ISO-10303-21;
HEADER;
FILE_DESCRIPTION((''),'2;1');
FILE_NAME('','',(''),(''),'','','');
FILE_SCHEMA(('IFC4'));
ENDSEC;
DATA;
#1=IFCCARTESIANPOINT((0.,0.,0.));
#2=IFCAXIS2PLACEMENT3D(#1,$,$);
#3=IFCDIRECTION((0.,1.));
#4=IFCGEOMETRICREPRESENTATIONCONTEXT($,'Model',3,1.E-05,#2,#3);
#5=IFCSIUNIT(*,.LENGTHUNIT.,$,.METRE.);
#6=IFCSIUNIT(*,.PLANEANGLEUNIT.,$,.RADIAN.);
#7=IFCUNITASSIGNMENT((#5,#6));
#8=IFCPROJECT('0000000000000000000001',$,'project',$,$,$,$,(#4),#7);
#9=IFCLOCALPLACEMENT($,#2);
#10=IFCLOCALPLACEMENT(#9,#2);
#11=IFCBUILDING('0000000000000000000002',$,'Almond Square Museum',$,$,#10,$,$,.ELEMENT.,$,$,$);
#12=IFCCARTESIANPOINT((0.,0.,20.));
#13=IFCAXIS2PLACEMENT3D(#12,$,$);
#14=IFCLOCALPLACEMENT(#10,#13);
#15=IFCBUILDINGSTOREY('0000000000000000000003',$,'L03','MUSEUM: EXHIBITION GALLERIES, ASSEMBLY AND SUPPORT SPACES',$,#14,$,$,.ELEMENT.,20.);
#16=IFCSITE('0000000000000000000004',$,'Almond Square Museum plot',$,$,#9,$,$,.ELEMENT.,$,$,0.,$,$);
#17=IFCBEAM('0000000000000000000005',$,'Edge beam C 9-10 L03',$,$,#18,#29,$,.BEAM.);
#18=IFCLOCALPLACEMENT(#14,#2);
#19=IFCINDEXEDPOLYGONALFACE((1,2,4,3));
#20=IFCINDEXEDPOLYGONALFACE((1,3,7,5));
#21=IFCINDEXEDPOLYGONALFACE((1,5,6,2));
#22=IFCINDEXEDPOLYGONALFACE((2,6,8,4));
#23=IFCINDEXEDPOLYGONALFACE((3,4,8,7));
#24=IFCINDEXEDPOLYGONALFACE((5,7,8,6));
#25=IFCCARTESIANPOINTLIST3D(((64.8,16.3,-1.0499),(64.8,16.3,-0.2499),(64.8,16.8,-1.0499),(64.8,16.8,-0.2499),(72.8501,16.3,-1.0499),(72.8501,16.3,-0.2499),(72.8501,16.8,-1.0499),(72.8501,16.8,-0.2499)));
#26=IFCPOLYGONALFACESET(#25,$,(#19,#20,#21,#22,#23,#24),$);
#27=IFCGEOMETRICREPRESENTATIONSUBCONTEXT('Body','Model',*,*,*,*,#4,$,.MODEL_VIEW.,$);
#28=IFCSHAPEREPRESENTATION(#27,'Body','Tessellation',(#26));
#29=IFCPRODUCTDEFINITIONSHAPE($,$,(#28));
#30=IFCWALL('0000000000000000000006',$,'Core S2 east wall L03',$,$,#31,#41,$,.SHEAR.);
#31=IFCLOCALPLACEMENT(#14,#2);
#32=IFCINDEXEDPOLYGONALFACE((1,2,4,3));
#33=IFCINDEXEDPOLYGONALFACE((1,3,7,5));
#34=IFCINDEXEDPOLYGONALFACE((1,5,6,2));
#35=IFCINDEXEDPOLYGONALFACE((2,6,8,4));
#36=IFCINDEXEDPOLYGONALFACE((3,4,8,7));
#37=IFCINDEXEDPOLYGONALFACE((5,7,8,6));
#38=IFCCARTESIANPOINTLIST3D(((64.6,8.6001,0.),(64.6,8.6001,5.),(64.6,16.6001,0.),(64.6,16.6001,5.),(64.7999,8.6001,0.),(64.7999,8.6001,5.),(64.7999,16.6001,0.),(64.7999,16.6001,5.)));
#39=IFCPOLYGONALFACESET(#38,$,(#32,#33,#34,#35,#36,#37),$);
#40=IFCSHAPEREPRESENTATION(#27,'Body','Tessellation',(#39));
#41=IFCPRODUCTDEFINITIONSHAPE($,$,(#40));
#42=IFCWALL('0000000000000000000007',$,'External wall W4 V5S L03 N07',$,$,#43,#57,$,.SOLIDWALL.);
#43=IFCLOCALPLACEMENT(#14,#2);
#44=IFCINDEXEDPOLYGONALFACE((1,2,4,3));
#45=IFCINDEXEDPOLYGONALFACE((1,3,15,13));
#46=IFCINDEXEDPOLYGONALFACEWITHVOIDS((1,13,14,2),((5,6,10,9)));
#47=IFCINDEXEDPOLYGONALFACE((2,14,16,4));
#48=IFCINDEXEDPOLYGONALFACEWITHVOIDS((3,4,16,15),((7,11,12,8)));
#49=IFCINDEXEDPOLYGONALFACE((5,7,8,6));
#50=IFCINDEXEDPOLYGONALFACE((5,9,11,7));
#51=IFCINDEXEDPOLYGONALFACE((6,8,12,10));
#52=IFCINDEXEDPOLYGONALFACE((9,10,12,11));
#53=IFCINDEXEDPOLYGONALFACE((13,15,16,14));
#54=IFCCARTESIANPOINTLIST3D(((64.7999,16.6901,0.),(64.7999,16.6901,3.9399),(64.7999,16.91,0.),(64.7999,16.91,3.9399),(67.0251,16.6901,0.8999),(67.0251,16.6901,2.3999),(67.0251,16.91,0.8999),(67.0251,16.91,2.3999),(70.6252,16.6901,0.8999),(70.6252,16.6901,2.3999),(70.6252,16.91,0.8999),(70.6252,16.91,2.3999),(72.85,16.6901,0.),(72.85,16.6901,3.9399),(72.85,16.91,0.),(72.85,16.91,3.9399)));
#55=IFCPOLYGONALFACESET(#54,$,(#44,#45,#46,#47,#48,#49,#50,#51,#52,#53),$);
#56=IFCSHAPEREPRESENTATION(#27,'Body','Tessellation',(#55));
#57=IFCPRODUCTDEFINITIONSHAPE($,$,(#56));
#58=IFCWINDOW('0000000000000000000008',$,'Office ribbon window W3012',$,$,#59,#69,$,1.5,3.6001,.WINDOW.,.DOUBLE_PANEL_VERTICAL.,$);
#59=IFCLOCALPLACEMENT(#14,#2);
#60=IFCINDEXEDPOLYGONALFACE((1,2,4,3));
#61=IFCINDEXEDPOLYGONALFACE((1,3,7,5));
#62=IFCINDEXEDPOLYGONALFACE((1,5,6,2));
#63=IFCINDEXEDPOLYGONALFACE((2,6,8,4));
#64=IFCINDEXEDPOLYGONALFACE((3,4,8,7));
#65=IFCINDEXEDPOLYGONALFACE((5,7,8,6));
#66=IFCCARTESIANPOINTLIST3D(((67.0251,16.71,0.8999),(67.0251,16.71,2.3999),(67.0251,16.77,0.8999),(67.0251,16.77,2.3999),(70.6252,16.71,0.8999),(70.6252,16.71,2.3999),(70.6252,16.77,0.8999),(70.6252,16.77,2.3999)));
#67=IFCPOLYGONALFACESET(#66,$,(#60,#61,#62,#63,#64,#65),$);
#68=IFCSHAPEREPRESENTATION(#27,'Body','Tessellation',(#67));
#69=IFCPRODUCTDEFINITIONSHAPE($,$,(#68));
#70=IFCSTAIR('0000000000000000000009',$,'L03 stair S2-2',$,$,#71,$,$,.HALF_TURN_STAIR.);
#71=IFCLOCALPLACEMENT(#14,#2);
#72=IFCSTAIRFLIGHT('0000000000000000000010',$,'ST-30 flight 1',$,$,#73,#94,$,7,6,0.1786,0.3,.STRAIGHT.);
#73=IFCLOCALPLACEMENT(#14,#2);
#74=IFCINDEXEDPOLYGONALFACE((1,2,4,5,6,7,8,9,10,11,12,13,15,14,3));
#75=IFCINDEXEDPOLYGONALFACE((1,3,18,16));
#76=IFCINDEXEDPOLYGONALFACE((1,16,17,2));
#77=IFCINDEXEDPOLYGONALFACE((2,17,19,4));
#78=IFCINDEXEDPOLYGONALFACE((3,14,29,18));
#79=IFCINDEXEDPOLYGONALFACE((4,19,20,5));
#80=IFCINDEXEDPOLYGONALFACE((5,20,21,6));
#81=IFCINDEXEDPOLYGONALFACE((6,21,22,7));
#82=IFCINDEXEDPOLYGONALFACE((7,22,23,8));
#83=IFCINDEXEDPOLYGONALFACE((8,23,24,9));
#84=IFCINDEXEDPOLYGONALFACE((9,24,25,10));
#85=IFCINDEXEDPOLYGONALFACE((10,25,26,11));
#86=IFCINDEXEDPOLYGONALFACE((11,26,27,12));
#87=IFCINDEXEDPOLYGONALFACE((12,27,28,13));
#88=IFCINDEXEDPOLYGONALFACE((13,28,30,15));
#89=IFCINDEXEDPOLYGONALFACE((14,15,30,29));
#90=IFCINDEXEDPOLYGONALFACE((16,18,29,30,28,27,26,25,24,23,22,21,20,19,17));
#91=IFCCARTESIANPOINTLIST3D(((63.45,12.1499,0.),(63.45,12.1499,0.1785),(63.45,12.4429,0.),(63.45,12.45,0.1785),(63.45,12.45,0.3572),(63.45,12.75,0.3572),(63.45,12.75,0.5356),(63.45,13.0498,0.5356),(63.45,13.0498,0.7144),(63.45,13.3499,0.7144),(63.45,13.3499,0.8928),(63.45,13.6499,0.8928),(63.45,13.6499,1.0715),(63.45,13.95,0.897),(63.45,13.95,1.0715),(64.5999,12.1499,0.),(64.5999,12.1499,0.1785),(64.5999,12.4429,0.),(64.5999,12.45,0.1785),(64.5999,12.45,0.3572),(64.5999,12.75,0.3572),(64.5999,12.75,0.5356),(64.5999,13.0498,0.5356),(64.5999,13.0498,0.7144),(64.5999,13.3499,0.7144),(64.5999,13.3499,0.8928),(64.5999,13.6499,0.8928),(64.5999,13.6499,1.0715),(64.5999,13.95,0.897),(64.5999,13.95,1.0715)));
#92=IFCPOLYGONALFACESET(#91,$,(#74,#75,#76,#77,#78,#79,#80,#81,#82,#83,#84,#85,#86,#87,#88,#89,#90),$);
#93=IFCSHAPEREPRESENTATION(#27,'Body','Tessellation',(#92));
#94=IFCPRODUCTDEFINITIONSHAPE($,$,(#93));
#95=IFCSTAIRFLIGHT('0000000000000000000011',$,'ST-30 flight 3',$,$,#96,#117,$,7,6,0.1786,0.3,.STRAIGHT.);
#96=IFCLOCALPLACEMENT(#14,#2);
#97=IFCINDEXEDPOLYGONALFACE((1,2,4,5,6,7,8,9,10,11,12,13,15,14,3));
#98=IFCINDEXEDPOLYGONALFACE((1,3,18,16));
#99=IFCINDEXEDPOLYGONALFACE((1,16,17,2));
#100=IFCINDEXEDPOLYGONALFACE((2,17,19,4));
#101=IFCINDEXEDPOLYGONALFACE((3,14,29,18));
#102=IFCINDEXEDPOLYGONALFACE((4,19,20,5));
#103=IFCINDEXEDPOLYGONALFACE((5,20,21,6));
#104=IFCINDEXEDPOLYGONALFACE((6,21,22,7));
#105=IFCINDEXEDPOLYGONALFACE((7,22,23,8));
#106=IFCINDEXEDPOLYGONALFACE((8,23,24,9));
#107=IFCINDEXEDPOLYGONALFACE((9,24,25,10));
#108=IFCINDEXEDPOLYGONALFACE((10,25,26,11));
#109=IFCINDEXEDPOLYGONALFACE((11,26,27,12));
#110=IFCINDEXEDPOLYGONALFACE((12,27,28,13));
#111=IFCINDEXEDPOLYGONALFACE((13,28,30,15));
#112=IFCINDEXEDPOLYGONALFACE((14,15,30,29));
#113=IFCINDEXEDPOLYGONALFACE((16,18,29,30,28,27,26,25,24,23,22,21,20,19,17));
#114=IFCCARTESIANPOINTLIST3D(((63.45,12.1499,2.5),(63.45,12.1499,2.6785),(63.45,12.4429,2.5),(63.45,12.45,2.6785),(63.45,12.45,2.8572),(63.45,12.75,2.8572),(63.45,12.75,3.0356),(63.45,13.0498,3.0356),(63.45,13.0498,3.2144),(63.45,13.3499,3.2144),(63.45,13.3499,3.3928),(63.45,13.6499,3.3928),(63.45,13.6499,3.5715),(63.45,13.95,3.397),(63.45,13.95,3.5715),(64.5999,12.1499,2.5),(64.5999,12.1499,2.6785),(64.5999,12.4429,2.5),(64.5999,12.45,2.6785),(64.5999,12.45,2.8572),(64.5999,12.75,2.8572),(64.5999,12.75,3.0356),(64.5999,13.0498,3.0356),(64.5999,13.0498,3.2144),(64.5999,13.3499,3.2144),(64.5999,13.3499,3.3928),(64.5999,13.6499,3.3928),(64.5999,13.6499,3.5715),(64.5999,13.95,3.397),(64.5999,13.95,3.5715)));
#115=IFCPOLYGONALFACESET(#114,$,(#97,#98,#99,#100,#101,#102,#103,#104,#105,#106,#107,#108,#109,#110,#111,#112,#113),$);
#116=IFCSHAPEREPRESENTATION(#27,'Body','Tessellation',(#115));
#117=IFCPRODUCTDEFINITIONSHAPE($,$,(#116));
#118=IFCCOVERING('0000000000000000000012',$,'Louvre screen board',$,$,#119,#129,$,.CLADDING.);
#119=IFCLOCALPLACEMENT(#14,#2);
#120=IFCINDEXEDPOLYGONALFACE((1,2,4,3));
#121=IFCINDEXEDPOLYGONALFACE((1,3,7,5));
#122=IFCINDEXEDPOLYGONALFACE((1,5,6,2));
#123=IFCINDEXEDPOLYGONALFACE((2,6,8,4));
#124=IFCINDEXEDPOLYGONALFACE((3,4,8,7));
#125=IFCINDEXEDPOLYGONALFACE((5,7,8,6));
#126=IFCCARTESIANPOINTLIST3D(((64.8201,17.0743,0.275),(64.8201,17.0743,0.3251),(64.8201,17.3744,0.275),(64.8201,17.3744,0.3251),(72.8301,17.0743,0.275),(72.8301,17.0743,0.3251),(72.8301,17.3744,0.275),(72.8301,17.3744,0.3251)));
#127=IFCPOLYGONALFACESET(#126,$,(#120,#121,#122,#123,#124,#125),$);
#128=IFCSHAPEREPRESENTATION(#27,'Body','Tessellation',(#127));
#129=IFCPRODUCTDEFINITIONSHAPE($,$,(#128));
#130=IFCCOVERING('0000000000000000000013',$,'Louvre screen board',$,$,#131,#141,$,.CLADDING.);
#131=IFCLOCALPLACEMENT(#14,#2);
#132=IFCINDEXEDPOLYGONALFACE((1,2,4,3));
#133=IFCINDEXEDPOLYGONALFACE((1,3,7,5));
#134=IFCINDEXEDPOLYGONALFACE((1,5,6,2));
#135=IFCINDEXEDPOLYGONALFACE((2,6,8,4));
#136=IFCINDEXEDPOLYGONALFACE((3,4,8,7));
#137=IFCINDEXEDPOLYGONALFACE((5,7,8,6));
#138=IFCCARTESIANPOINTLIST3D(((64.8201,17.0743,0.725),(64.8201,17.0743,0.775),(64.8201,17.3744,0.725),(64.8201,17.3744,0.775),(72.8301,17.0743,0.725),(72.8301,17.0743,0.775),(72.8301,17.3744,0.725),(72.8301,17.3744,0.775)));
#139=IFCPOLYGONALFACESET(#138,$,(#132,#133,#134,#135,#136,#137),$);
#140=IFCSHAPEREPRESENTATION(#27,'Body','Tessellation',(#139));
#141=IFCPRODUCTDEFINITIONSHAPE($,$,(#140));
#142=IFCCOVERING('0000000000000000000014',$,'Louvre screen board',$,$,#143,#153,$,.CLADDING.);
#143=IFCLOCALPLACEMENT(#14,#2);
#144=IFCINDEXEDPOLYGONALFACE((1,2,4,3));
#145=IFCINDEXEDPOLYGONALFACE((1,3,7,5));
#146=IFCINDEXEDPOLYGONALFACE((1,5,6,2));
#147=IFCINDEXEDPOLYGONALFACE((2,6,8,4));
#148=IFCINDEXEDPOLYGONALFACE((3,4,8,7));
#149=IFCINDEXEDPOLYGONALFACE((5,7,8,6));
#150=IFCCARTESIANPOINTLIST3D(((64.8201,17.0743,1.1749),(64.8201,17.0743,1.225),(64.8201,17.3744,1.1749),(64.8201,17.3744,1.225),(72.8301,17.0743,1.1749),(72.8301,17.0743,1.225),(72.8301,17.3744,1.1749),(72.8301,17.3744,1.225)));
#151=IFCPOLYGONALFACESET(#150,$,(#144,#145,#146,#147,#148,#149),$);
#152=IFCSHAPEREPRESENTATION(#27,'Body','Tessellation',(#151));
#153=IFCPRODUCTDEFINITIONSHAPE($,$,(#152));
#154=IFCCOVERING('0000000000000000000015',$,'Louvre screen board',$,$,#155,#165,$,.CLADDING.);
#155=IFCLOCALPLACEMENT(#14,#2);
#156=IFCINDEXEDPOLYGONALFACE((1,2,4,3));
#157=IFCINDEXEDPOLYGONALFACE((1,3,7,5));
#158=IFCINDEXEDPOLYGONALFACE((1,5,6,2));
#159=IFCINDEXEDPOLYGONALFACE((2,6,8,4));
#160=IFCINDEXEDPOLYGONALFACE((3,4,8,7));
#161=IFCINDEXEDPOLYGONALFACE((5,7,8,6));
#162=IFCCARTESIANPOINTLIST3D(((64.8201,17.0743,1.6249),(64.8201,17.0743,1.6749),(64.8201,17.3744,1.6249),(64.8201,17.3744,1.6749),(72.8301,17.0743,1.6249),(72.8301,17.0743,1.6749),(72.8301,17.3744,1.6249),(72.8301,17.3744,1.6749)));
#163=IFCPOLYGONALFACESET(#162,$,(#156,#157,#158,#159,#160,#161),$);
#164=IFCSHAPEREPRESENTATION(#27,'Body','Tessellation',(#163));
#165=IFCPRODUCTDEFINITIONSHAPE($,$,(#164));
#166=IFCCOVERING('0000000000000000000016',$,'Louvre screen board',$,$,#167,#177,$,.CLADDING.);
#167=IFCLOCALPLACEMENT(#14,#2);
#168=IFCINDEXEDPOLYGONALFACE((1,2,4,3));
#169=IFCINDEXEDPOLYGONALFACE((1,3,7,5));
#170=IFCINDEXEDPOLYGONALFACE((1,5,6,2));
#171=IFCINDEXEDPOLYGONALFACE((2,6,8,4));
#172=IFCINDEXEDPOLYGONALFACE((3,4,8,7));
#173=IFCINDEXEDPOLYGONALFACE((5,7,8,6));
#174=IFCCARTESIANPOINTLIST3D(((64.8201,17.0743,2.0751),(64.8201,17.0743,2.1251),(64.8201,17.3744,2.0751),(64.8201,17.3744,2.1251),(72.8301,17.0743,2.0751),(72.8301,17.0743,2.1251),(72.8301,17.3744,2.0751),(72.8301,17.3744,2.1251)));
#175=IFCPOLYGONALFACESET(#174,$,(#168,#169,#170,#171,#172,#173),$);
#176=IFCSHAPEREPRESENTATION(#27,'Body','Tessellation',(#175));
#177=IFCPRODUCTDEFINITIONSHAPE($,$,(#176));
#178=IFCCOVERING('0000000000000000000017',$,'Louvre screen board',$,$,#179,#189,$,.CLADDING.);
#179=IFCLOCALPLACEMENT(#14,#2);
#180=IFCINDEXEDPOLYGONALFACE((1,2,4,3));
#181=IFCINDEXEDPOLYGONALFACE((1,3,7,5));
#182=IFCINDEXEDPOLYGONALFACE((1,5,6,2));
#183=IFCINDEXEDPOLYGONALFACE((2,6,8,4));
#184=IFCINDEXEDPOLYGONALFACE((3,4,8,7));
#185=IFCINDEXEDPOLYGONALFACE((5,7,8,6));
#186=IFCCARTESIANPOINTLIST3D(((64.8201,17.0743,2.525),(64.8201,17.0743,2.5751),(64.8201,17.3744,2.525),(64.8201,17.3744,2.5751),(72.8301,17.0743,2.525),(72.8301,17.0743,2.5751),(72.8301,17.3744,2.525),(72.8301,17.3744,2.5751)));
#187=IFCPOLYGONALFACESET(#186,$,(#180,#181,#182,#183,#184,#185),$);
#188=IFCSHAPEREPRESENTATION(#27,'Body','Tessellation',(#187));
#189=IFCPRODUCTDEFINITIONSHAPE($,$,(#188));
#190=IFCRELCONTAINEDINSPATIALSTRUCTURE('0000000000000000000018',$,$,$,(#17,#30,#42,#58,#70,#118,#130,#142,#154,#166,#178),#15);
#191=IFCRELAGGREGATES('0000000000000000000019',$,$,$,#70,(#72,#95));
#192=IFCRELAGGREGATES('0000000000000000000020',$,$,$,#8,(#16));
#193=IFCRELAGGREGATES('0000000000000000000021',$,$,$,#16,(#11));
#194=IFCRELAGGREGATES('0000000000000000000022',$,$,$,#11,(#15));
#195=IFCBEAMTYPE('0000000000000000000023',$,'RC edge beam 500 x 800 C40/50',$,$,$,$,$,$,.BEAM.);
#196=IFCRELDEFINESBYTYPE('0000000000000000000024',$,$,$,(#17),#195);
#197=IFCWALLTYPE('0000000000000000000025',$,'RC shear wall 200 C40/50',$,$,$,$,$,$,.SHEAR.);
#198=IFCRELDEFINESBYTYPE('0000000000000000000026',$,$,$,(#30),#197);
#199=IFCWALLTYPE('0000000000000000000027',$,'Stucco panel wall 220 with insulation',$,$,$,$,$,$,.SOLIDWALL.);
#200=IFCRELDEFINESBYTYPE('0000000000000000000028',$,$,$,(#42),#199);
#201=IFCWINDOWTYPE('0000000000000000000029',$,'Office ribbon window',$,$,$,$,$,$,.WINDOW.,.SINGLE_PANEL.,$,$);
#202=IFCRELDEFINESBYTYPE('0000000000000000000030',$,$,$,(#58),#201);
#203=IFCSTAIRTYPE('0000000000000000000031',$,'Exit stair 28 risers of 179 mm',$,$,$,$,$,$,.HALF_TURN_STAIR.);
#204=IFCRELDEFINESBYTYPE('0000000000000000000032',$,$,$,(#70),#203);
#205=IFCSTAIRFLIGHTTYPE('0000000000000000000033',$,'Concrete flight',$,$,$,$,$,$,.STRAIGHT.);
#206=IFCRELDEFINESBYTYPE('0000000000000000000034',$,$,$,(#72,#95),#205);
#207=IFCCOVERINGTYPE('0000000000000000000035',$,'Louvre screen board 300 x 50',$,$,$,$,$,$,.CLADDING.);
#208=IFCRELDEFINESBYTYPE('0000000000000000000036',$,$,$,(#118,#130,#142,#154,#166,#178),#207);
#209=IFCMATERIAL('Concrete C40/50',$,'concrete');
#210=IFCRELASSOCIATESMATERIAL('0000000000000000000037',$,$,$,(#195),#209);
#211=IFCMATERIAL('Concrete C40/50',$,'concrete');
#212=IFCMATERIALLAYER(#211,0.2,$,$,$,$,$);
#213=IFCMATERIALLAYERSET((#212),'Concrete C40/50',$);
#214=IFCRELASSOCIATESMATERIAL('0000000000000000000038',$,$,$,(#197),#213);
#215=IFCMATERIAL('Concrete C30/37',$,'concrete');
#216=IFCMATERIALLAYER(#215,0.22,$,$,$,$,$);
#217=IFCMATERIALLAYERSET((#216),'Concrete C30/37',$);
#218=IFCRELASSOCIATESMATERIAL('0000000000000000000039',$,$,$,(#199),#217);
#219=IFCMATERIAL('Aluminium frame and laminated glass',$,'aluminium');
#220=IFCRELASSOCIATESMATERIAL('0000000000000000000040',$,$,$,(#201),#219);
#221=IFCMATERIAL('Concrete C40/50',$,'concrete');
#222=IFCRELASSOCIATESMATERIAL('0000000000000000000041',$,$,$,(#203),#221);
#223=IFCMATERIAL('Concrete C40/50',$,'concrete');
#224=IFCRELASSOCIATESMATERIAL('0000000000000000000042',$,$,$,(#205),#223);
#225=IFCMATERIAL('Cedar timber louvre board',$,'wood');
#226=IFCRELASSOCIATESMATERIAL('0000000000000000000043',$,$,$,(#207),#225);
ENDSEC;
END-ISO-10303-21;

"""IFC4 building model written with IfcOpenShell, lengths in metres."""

from ifc_helpers import new_model, si_unit, direction, frame, frame_2d, origin, origin_2d, place, context, subcontext, project, spatial, polyline, rectangle, outline, extrude, material, layer, layer_set, material_profile, profile_set, type_object, element, fill, aggregate, save


model = new_model("IFC4")

# Units and contexts
model_context = context("Model", 3, precision=1e-05, world=origin(), true_north=direction((0.0, 1.0)))
body_context = subcontext(model_context, "Body", "Model", "MODEL_VIEW")
ifc_project = project(units=[si_unit("LENGTHUNIT", "METRE"), si_unit("PLANEANGLEUNIT", "RADIAN")], contexts=[model_context])

# Site, building, storey
site_placement = place(None, origin())
site = spatial("IfcSite", under=ifc_project, at=site_placement, Name="Almond Square Museum plot", CompositionType="ELEMENT", RefElevation=0.0)
building_placement = place(site_placement, origin())
building = spatial("IfcBuilding", under=site, at=building_placement, Name="Almond Square Museum", CompositionType="ELEMENT")
storey_placement = place(building_placement, frame((0.0, 0.0, 20.0)))
storey = spatial("IfcBuildingStorey", under=building, at=storey_placement, Name="L03", Description="MUSEUM: EXHIBITION GALLERIES, ASSEMBLY AND SUPPORT SPACES", CompositionType="ELEMENT", Elevation=20.0)

# Beam
ifc_material_1 = material(Name="Concrete C40/50", Category="concrete")
ifc_material_profile_1 = material_profile(ifc_material_1, rectangle(XDim=0.5, YDim=0.8, at=origin_2d()))
ifc_profile_set_1 = profile_set([ifc_material_profile_1], Name="Concrete C40/50")
beam_type = type_object("IfcBeamType", Name="RC edge beam 500 x 800 C40/50", PredefinedType="BEAM", material=ifc_profile_set_1)
beam_placement = place(storey_placement, frame((64.8, 16.55, -0.6499), z_axis=(1.0, 0.0, 0.0), x_axis=(0.0, 1.0, 0.0)))
element("IfcBeam", 1, at=beam_placement, inside=storey, type_object=beam_type, Name="Edge beam C 9-10 L03", PredefinedType="BEAM", context=body_context, shape_type="SweptSolid", body=[
    extrude(rectangle(XDim=0.5, YDim=0.8, at=origin_2d()), origin(), (0.0, 0.0, 1.0), 8.05),
])

# Wall
ifc_material_2 = material(Name="Concrete C40/50", Category="concrete")
ifc_layer_1 = layer(ifc_material_2, 0.2)
ifc_layer_set_1 = layer_set([ifc_layer_1], Name="Concrete C40/50")
wall_type_1 = type_object("IfcWallType", Name="RC shear wall 200 C40/50", PredefinedType="SHEAR", material=ifc_layer_set_1)
wall_1_placement = place(storey_placement, frame((64.7, 8.6001, 0.0), z_axis=(0.0, 0.0, 1.0), x_axis=(0.0, 1.0, 0.0)))
element("IfcWall", 2, at=wall_1_placement, inside=storey, type_object=wall_type_1, Name="Core S2 east wall L03", PredefinedType="SHEAR", context=body_context, shape_type="SweptSolid", body=[
    extrude(rectangle(XDim=8.0, YDim=0.2, at=frame_2d((4.0, 0.0))), origin(), (0.0, 0.0, 1.0), 5.0),
])

# Wall, opening, window
ifc_material_3 = material(Name="Concrete C30/37", Category="concrete")
ifc_layer_2 = layer(ifc_material_3, 0.22)
ifc_layer_set_2 = layer_set([ifc_layer_2], Name="Concrete C30/37")
wall_type_2 = type_object("IfcWallType", Name="Stucco panel wall 220 with insulation", PredefinedType="SOLIDWALL", material=ifc_layer_set_2)
wall_2_placement = place(storey_placement, frame((64.8, 16.8, 0.0), z_axis=(0.0, 0.0, 1.0), x_axis=(1.0, 0.0, 0.0)))
wall_2 = element("IfcWall", 3, at=wall_2_placement, inside=storey, type_object=wall_type_2, Name="External wall W4 V5S L03 N07", PredefinedType="SOLIDWALL", context=body_context, shape_type="SweptSolid", body=[
    extrude(rectangle(XDim=8.05, YDim=0.22, at=frame_2d((4.0249, 0.0))), origin(), (0.0, 0.0, 1.0), 3.9399),
])
opening_placement = place(wall_2_placement, frame((2.2251, 0.0, 0.8999)))
opening = element("IfcOpeningElement", 4, at=opening_placement, cuts=wall_2, PredefinedType="OPENING", context=body_context, shape_type="SweptSolid", body=[
    extrude(rectangle(XDim=3.6001, YDim=1.5, at=frame_2d((1.8, 0.75))), frame((0.0, 0.1199, 0.0), z_axis=(0.0, -1.0, 0.0), x_axis=(1.0, 0.0, 0.0)), (0.0, 0.0, 1.0), 0.24),
])
ifc_material_4 = material(Name="Aluminium frame and laminated glass", Category="aluminium")
window_type = type_object("IfcWindowType", Name="Office ribbon window", PartitioningType="SINGLE_PANEL", PredefinedType="WINDOW", material=ifc_material_4)
window_placement = place(opening_placement, origin())
window = element("IfcWindow", 5, at=window_placement, inside=storey, type_object=window_type, Name="Office ribbon window W3012", OverallHeight=1.5, OverallWidth=3.6001, PartitioningType="DOUBLE_PANEL_VERTICAL", PredefinedType="WINDOW", context=body_context, shape_type="SweptSolid", body=[
    extrude(rectangle(XDim=3.6001, YDim=1.5, at=frame_2d((1.8, 0.75))), frame((0.0, -0.03, 0.0), z_axis=(0.0, -1.0, 0.0), x_axis=(1.0, 0.0, 0.0)), (0.0, 0.0, 1.0), 0.0601),
])
fill(opening, window)

# Stair, stair flights
ifc_material_5 = material(Name="Concrete C40/50", Category="concrete")
stair_type = type_object("IfcStairType", Name="Exit stair 28 risers of 179 mm", PredefinedType="HALF_TURN_STAIR", material=ifc_material_5)
stair_placement = place(storey_placement, origin())
stair = element("IfcStair", 6, at=stair_placement, inside=storey, type_object=stair_type, Name="L03 stair S2-2", PredefinedType="HALF_TURN_STAIR")
ifc_material_6 = material(Name="Concrete C40/50", Category="concrete")
stair_flight_type = type_object("IfcStairFlightType", Name="Concrete flight", PredefinedType="STRAIGHT", material=ifc_material_6)
stair_flight_1_placement = place(storey_placement, frame((64.0249, 12.1499, 0.0), z_axis=(0.0, 0.0, 1.0), x_axis=(0.0, 1.0, 0.0)))
stair_flight_1 = element("IfcStairFlight", 7, at=stair_flight_1_placement, type_object=stair_flight_type, Name="ST-30 flight 1", NumberOfRisers=7, NumberOfTreads=6, PredefinedType="STRAIGHT", RiserHeight=0.1786, TreadLength=0.3, context=body_context, shape_type="SweptSolid", body=[
    extrude(outline(polyline([(0.0, 0.0), (0.0, 0.1785), (0.3, 0.1785), (0.3, 0.3572), (0.6001, 0.3572), (0.6001, 0.5356), (0.8999, 0.5356), (0.8999, 0.7144), (1.2, 0.7144), (1.2, 0.8928), (1.5, 0.8928), (1.5, 1.0715), (1.8, 1.0715), (1.8, 1.25), (1.8, 0.897), (0.293, 0.0), (0.0, 0.0)])), frame((0.0, 0.575, 0.0), z_axis=(0.0, -1.0, 0.0), x_axis=(1.0, 0.0, 0.0)), (0.0, 0.0, 1.0), 1.1499),
])
stair_flight_2_placement = place(storey_placement, frame((64.0249, 12.1499, 2.5), z_axis=(0.0, 0.0, 1.0), x_axis=(0.0, 1.0, 0.0)))
stair_flight_2 = element("IfcStairFlight", 8, at=stair_flight_2_placement, type_object=stair_flight_type, Name="ST-30 flight 3", NumberOfRisers=7, NumberOfTreads=6, PredefinedType="STRAIGHT", RiserHeight=0.1786, TreadLength=0.3, context=body_context, shape_type="SweptSolid", body=[
    extrude(outline(polyline([(0.0, 0.0), (0.0, 0.1785), (0.3, 0.1785), (0.3, 0.3572), (0.6001, 0.3572), (0.6001, 0.5356), (0.8999, 0.5356), (0.8999, 0.7144), (1.2, 0.7144), (1.2, 0.8928), (1.5, 0.8928), (1.5, 1.0715), (1.8, 1.0715), (1.8, 1.25), (1.8, 0.897), (0.293, 0.0), (0.0, 0.0)])), frame((0.0, 0.575, 0.0), z_axis=(0.0, -1.0, 0.0), x_axis=(1.0, 0.0, 0.0)), (0.0, 0.0, 1.0), 1.1499),
])
aggregate(stair, [stair_flight_1, stair_flight_2])

# Coverings
ifc_material_7 = material(Name="Cedar timber louvre board", Category="wood")
ifc_material_profile_2 = material_profile(ifc_material_7, rectangle(XDim=0.3, YDim=0.05, at=origin_2d()))
ifc_profile_set_2 = profile_set([ifc_material_profile_2], Name="Cedar timber louvre board")
covering_type = type_object("IfcCoveringType", Name="Louvre screen board 300 x 50", PredefinedType="CLADDING", material=ifc_profile_set_2)
for number, where, z_axis, x_axis, name in (
    (9, (64.8201, 17.2244, 0.3), (1.0, 0.0, 0.0), (0.0, 1.0, 0.0), "Louvre screen board"),
    (10, (64.8201, 17.2244, 0.75), (1.0, 0.0, 0.0), (0.0, 1.0, 0.0), "Louvre screen board"),
    (11, (64.8201, 17.2244, 1.2), (1.0, 0.0, 0.0), (0.0, 1.0, 0.0), "Louvre screen board"),
    (12, (64.8201, 17.2244, 1.6499), (1.0, 0.0, 0.0), (0.0, 1.0, 0.0), "Louvre screen board"),
    (13, (64.8201, 17.2244, 2.1001), (1.0, 0.0, 0.0), (0.0, 1.0, 0.0), "Louvre screen board"),
    (14, (64.8201, 17.2244, 2.55), (1.0, 0.0, 0.0), (0.0, 1.0, 0.0), "Louvre screen board"),
):
    element("IfcCovering", number, at=place(storey_placement, frame(where, z_axis=z_axis, x_axis=x_axis)), inside=storey, type_object=covering_type, Name=name, PredefinedType="CLADDING", context=body_context, shape_type="SweptSolid", body=[
        extrude(rectangle(XDim=0.3, YDim=0.05, at=origin_2d()), origin(), (0.0, 0.0, 1.0), 8.01),
    ])

save(model, "model.ifc")
